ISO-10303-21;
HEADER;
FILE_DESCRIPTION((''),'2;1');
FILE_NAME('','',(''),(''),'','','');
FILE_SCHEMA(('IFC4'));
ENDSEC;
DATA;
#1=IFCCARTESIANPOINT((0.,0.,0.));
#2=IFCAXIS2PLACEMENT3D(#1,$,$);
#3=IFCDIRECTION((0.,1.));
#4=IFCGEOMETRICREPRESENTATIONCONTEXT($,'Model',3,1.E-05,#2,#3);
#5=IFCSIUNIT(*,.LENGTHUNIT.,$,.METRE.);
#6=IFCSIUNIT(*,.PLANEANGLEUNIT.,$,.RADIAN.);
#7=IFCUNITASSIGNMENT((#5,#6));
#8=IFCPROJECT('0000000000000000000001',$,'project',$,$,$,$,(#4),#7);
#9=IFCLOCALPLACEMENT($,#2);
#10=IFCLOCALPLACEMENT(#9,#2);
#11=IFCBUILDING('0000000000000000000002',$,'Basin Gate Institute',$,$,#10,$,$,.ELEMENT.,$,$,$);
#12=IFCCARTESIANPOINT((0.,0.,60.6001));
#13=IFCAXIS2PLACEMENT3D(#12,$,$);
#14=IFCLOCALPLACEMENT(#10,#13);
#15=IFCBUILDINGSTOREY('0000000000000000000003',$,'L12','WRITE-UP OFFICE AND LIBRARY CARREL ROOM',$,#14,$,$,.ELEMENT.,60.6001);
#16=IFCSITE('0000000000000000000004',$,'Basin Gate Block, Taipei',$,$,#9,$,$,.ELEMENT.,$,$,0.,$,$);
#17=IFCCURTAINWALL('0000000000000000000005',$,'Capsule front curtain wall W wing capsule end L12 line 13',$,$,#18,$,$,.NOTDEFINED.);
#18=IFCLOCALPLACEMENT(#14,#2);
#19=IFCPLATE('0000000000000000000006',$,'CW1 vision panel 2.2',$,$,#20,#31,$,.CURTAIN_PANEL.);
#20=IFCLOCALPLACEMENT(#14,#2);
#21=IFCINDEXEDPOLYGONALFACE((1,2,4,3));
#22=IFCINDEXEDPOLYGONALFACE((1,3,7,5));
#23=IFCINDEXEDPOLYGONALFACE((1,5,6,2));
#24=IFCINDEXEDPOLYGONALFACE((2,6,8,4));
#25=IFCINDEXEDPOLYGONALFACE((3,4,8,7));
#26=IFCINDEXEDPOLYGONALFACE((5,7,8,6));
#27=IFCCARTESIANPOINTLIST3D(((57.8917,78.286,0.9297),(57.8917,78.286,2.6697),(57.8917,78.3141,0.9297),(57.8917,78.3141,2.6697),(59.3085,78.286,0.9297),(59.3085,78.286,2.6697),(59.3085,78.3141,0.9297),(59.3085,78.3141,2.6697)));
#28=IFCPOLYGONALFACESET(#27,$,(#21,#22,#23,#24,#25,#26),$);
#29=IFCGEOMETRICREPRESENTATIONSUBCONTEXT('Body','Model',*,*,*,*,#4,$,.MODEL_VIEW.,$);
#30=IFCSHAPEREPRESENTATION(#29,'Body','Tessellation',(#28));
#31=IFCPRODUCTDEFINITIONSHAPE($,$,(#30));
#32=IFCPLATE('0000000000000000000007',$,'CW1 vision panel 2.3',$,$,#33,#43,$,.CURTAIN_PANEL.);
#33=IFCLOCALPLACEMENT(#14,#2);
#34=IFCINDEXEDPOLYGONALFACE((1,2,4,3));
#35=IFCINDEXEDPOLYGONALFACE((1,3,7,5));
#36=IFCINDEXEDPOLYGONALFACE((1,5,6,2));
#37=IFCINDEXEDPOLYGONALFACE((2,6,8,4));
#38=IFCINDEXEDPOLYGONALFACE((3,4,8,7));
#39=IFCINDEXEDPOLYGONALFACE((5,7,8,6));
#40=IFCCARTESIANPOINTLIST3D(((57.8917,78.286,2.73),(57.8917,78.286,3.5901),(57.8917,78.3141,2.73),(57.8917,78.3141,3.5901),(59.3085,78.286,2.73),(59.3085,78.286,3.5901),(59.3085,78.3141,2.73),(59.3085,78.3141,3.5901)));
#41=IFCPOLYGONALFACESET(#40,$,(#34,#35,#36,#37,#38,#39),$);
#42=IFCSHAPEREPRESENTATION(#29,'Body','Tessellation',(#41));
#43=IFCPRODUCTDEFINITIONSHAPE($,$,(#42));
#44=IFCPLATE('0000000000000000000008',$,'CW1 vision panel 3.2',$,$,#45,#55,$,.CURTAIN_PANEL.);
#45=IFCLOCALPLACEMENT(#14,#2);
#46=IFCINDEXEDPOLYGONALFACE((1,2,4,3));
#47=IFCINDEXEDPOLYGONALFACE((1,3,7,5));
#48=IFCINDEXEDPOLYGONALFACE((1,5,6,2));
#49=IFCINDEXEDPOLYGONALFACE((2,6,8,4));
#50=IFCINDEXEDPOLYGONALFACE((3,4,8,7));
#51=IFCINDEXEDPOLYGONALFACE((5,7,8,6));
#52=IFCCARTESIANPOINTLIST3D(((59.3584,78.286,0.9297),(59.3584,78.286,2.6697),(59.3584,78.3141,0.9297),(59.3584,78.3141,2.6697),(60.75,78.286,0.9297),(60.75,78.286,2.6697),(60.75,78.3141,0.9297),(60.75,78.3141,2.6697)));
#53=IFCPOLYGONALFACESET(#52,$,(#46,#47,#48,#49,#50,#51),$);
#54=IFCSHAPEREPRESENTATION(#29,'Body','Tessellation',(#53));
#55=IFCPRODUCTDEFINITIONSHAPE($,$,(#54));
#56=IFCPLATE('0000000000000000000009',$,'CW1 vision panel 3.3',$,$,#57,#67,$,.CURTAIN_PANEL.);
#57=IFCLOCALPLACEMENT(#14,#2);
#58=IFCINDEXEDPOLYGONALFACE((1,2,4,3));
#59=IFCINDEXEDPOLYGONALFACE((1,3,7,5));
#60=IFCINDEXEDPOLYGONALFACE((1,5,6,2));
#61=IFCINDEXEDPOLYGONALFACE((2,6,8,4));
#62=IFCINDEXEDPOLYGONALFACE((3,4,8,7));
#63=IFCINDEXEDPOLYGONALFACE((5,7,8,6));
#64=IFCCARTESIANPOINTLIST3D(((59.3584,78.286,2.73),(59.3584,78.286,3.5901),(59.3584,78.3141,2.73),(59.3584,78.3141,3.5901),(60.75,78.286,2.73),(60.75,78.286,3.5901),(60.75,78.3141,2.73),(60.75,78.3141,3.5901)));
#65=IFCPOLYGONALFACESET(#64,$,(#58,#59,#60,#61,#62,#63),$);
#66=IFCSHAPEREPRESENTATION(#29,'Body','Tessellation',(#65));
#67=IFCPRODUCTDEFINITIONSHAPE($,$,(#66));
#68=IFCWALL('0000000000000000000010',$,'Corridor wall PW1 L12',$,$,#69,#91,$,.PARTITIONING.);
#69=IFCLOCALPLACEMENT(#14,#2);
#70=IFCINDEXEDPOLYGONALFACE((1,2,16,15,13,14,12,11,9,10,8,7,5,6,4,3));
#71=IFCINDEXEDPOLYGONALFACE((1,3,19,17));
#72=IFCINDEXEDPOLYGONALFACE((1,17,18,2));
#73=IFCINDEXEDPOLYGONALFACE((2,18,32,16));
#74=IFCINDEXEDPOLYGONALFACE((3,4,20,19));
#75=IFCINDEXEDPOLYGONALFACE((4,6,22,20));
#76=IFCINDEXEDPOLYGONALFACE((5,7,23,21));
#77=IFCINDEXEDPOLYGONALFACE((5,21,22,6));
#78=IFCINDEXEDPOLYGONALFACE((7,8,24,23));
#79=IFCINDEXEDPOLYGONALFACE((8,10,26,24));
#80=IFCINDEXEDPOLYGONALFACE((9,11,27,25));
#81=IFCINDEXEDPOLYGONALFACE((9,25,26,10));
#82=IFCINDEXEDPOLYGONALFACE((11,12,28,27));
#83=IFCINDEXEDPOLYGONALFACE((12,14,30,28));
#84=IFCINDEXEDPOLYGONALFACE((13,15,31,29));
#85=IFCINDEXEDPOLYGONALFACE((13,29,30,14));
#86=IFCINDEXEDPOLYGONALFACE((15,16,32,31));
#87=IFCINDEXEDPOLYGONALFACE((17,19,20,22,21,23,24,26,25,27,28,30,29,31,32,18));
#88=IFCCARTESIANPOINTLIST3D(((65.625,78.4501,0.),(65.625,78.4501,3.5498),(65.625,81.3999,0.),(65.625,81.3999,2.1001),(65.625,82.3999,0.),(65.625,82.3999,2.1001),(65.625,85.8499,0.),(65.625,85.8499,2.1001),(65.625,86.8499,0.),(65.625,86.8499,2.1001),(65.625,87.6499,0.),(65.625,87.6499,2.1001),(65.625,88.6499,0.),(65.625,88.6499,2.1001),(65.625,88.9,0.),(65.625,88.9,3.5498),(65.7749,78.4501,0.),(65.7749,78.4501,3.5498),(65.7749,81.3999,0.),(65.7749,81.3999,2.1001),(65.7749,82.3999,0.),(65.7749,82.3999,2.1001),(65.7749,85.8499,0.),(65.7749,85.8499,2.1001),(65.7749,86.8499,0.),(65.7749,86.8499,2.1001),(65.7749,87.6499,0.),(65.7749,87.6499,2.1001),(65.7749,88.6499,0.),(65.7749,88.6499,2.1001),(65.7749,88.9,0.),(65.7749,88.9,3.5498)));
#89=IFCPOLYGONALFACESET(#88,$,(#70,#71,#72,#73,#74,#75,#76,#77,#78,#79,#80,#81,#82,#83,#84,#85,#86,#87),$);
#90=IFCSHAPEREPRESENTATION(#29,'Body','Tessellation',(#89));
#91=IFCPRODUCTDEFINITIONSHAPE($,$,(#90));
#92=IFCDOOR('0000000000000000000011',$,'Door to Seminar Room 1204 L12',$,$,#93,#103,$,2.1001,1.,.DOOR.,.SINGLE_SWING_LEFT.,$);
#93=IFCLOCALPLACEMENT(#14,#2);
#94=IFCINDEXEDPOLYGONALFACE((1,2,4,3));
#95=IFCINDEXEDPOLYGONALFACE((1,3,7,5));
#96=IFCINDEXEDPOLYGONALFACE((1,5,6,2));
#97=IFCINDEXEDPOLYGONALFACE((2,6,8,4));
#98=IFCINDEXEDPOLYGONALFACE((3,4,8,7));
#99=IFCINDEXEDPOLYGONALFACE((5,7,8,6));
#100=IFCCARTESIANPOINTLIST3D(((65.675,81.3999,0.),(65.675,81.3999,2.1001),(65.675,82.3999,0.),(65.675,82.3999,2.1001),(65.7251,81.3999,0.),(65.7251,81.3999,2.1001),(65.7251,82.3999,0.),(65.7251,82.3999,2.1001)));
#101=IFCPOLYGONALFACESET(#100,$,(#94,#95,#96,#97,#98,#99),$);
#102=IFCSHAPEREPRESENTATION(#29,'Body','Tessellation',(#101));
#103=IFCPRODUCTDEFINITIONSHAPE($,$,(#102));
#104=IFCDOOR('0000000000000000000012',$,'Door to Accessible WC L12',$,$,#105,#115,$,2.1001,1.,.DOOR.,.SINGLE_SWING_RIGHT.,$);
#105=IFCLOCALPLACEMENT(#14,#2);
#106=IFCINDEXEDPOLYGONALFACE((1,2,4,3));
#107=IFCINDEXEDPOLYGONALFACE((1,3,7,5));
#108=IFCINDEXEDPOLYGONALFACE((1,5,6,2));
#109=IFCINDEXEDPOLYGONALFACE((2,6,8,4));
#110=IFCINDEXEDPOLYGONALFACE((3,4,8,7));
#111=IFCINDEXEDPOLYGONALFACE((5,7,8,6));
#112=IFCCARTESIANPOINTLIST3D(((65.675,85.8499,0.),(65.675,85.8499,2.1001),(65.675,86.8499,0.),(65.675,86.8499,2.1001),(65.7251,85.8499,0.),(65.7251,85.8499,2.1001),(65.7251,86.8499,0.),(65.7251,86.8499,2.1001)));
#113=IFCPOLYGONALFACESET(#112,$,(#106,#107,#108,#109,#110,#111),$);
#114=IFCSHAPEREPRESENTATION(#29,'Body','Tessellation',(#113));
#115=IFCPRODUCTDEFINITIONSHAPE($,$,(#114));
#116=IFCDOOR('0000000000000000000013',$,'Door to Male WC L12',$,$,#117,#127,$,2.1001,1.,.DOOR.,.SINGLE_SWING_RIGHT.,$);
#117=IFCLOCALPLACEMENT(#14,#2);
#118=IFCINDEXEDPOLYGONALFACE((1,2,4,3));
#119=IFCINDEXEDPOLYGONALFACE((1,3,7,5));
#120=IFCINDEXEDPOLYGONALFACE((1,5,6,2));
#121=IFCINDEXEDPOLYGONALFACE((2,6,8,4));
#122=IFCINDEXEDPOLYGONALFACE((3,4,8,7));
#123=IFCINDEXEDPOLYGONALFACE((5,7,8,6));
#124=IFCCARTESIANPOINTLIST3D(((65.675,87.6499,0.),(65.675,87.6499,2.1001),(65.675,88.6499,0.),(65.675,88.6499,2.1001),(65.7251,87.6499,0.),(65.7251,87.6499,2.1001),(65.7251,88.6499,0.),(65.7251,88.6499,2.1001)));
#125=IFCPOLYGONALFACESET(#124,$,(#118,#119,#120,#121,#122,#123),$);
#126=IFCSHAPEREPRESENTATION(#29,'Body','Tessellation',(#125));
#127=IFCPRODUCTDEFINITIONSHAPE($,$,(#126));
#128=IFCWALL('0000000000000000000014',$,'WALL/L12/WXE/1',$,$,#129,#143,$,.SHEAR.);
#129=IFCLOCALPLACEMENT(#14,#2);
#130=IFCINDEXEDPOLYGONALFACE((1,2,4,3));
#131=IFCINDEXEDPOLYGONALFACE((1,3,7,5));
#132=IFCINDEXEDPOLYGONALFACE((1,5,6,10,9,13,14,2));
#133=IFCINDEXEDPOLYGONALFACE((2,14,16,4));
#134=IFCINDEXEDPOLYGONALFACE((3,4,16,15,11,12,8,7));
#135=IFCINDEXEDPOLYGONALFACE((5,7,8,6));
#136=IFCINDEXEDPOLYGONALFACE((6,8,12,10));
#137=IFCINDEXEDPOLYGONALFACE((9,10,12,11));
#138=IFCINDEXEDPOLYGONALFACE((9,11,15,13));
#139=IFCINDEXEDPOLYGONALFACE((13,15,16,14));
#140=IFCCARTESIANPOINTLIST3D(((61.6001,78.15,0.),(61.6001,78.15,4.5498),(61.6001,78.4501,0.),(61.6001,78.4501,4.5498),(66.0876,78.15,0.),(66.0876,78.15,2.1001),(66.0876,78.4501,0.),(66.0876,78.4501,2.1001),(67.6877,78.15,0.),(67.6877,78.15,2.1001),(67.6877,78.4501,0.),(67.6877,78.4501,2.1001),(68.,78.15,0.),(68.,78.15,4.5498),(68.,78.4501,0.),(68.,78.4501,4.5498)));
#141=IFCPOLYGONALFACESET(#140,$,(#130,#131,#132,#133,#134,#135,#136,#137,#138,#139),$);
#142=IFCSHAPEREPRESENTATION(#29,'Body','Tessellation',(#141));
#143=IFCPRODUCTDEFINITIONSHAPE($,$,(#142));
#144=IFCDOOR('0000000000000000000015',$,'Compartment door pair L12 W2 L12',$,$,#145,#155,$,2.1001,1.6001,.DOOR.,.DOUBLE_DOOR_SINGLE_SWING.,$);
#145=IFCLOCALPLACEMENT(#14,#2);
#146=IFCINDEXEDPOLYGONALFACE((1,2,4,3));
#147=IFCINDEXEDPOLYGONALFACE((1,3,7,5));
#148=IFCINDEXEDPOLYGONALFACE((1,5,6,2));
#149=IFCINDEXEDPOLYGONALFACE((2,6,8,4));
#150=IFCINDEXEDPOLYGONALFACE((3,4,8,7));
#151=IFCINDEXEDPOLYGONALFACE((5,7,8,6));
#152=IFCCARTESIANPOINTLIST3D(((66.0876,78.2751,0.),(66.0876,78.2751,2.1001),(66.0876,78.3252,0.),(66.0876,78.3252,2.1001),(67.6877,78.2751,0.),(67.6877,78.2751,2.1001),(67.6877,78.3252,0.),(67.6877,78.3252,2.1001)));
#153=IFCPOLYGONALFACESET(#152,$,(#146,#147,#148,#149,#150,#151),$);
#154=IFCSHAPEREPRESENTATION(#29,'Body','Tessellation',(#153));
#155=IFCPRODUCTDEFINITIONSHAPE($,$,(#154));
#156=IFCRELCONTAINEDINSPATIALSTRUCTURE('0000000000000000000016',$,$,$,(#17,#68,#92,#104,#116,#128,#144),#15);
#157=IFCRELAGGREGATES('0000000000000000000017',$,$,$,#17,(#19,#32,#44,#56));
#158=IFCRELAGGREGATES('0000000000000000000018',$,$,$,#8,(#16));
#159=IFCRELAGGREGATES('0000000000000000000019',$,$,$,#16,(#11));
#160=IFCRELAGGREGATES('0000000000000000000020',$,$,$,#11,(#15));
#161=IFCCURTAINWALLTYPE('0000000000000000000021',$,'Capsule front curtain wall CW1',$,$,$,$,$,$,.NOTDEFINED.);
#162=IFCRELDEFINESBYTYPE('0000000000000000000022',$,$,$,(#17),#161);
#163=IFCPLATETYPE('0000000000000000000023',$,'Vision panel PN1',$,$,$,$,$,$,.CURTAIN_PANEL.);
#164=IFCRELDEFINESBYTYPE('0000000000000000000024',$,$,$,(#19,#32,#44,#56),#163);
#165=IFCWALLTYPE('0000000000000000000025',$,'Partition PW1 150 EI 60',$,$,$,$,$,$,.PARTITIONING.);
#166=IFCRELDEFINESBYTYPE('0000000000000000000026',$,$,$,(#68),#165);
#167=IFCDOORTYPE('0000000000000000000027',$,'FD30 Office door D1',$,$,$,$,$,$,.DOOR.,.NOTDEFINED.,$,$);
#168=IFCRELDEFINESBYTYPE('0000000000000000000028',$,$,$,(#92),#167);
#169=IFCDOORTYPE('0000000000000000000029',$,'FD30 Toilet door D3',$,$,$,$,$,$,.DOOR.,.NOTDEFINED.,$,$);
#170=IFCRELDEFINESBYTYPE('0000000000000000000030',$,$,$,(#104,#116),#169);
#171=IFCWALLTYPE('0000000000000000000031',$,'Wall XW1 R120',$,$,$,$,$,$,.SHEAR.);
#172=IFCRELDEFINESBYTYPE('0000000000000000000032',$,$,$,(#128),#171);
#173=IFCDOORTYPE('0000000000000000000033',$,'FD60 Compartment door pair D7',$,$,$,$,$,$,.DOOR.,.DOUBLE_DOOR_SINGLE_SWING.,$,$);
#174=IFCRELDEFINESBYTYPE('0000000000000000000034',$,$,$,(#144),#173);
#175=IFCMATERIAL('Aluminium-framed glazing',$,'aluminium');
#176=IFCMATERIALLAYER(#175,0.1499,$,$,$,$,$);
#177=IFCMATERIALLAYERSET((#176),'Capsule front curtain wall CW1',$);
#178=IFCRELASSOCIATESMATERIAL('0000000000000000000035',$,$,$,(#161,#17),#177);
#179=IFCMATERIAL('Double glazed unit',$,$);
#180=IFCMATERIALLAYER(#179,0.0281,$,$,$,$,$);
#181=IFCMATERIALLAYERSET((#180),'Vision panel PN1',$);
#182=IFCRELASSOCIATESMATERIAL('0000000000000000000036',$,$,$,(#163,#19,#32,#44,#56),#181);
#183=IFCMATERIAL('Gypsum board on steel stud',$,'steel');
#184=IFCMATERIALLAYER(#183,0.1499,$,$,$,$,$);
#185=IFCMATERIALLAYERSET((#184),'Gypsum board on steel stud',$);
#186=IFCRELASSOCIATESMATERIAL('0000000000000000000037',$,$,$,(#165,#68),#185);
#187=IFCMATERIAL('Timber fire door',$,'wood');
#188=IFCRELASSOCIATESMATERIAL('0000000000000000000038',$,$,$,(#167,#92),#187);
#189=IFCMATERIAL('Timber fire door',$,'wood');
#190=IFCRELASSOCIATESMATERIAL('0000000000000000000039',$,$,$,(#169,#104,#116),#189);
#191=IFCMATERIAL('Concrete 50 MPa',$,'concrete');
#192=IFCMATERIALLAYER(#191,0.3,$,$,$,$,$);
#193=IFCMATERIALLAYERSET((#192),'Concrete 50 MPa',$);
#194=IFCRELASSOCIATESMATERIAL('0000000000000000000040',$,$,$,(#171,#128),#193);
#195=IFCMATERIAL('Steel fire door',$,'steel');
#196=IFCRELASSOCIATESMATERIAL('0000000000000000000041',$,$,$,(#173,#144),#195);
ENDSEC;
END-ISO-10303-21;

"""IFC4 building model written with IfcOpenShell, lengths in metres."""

from ifc_helpers import new_model, si_unit, direction, frame, frame_2d, origin, origin_2d, place, context, subcontext, project, spatial, rectangle, extrude, material, layer, layer_set, type_object, element, fill, aggregate, save


model = new_model("IFC4")

# Units and contexts
model_context = context("Model", 3, precision=1e-05, world=origin(), true_north=direction((0.0, 1.0)))
body_context = subcontext(model_context, "Body", "Model", "MODEL_VIEW")
ifc_project = project(units=[si_unit("LENGTHUNIT", "METRE"), si_unit("PLANEANGLEUNIT", "RADIAN")], contexts=[model_context])

# Site, building, storey
site_placement = place(None, origin())
site = spatial("IfcSite", under=ifc_project, at=site_placement, Name="Basin Gate Block, Taipei", CompositionType="ELEMENT", RefElevation=0.0)
building_placement = place(site_placement, origin())
building = spatial("IfcBuilding", under=site, at=building_placement, Name="Basin Gate Institute", CompositionType="ELEMENT")
storey_placement = place(building_placement, frame((0.0, 0.0, 60.6001)))
storey = spatial("IfcBuildingStorey", under=building, at=storey_placement, Name="L12", Description="WRITE-UP OFFICE AND LIBRARY CARREL ROOM", CompositionType="ELEMENT", Elevation=60.6001)

# Curtain wall, plates
ifc_material_1 = material(Name="Aluminium-framed glazing", Category="aluminium")
ifc_layer_1 = layer(ifc_material_1, 0.1499)
ifc_layer_set_1 = layer_set([ifc_layer_1], Name="Capsule front curtain wall CW1")
curtain_wall_type = type_object("IfcCurtainWallType", Name="Capsule front curtain wall CW1", PredefinedType="NOTDEFINED", material=ifc_layer_set_1)
curtain_wall_placement = place(storey_placement, origin())
curtain_wall = element("IfcCurtainWall", 1, at=curtain_wall_placement, inside=storey, type_object=curtain_wall_type, material=ifc_layer_set_1, Name="Capsule front curtain wall W wing capsule end L12 line 13", PredefinedType="NOTDEFINED")
ifc_material_2 = material(Name="Double glazed unit")
ifc_layer_2 = layer(ifc_material_2, 0.0281)
ifc_layer_set_2 = layer_set([ifc_layer_2], Name="Vision panel PN1")
plate_type_1 = type_object("IfcPlateType", Name="Vision panel PN1", PredefinedType="CURTAIN_PANEL", material=ifc_layer_set_2)
plate_1_placement = place(storey_placement, frame((58.6001, 78.3, 0.9297), z_axis=(0.0, 0.0, 1.0), x_axis=(1.0, 0.0, 0.0)))
plate_1 = element("IfcPlate", 2, at=plate_1_placement, type_object=plate_type_1, material=ifc_layer_set_2, Name="CW1 vision panel 2.2", PredefinedType="CURTAIN_PANEL", context=body_context, shape_type="SweptSolid", body=[
    extrude(rectangle(XDim=1.4167, YDim=0.0281, at=origin_2d()), origin(), (0.0, 0.0, 1.0), 1.74),
])
plate_2_placement = place(storey_placement, frame((58.6001, 78.3, 2.73), z_axis=(0.0, 0.0, 1.0), x_axis=(1.0, 0.0, 0.0)))
plate_2 = element("IfcPlate", 3, at=plate_2_placement, type_object=plate_type_1, material=ifc_layer_set_2, Name="CW1 vision panel 2.3", PredefinedType="CURTAIN_PANEL", context=body_context, shape_type="SweptSolid", body=[
    extrude(rectangle(XDim=1.4167, YDim=0.0281, at=origin_2d()), origin(), (0.0, 0.0, 1.0), 0.8601),
])
plate_3_placement = place(storey_placement, frame((60.0542, 78.3, 0.9297), z_axis=(0.0, 0.0, 1.0), x_axis=(1.0, 0.0, 0.0)))
plate_3 = element("IfcPlate", 4, at=plate_3_placement, type_object=plate_type_1, material=ifc_layer_set_2, Name="CW1 vision panel 3.2", PredefinedType="CURTAIN_PANEL", context=body_context, shape_type="SweptSolid", body=[
    extrude(rectangle(XDim=1.3916, YDim=0.0281, at=origin_2d()), origin(), (0.0, 0.0, 1.0), 1.74),
])
plate_4_placement = place(storey_placement, frame((60.0542, 78.3, 2.73), z_axis=(0.0, 0.0, 1.0), x_axis=(1.0, 0.0, 0.0)))
plate_4 = element("IfcPlate", 5, at=plate_4_placement, type_object=plate_type_1, material=ifc_layer_set_2, Name="CW1 vision panel 3.3", PredefinedType="CURTAIN_PANEL", context=body_context, shape_type="SweptSolid", body=[
    extrude(rectangle(XDim=1.3916, YDim=0.0281, at=origin_2d()), origin(), (0.0, 0.0, 1.0), 0.8601),
])
aggregate(curtain_wall, [plate_1, plate_2, plate_3, plate_4])

# Wall, openings, doors
ifc_material_3 = material(Name="Gypsum board on steel stud", Category="steel")
ifc_layer_3 = layer(ifc_material_3, 0.1499)
ifc_layer_set_3 = layer_set([ifc_layer_3], Name="Gypsum board on steel stud")
wall_type_1 = type_object("IfcWallType", Name="Partition PW1 150 EI 60", PredefinedType="PARTITIONING", material=ifc_layer_set_3)
wall_1_placement = place(storey_placement, frame((65.7, 78.45, 0.0), z_axis=(0.0, 0.0, 1.0), x_axis=(0.0, 1.0, 0.0)))
wall_1 = element("IfcWall", 6, at=wall_1_placement, inside=storey, type_object=wall_type_1, material=ifc_layer_set_3, Name="Corridor wall PW1 L12", PredefinedType="PARTITIONING", context=body_context, shape_type="SweptSolid", body=[
    extrude(rectangle(XDim=10.45, YDim=0.1499, at=frame_2d((5.2251, 0.0))), origin(), (0.0, 0.0, 1.0), 3.5498),
])
opening_1_placement = place(wall_1_placement, frame((7.3999, 0.0, 0.0)))
opening_1 = element("IfcOpeningElement", 7, at=opening_1_placement, cuts=wall_1, PredefinedType="OPENING", context=body_context, shape_type="SweptSolid", body=[
    extrude(rectangle(XDim=1.0, YDim=2.1001, at=frame_2d((0.5, 1.05))), frame((0.0, 0.085, 0.0), z_axis=(0.0, -1.0, 0.0), x_axis=(1.0, 0.0, 0.0)), (0.0, 0.0, 1.0), 0.1699),
])
opening_2_placement = place(wall_1_placement, frame((9.2, 0.0, 0.0)))
opening_2 = element("IfcOpeningElement", 8, at=opening_2_placement, cuts=wall_1, PredefinedType="OPENING", context=body_context, shape_type="SweptSolid", body=[
    extrude(rectangle(XDim=1.0, YDim=2.1001, at=frame_2d((0.5, 1.05))), frame((0.0, 0.085, 0.0), z_axis=(0.0, -1.0, 0.0), x_axis=(1.0, 0.0, 0.0)), (0.0, 0.0, 1.0), 0.1699),
])
opening_3_placement = place(wall_1_placement, frame((2.95, 0.0, 0.0)))
opening_3 = element("IfcOpeningElement", 9, at=opening_3_placement, cuts=wall_1, PredefinedType="OPENING", context=body_context, shape_type="SweptSolid", body=[
    extrude(rectangle(XDim=1.0, YDim=2.1001, at=frame_2d((0.5, 1.05))), frame((0.0, 0.085, 0.0), z_axis=(0.0, -1.0, 0.0), x_axis=(1.0, 0.0, 0.0)), (0.0, 0.0, 1.0), 0.1699),
])
ifc_material_4 = material(Name="Timber fire door", Category="wood")
door_type_1 = type_object("IfcDoorType", Name="FD30 Office door D1", OperationType="NOTDEFINED", PredefinedType="DOOR", material=ifc_material_4)
door_1_placement = place(opening_3_placement, origin())
door_1 = element("IfcDoor", 10, at=door_1_placement, inside=storey, type_object=door_type_1, material=ifc_material_4, Name="Door to Seminar Room 1204 L12", OperationType="SINGLE_SWING_LEFT", OverallHeight=2.1001, OverallWidth=1.0, PredefinedType="DOOR", context=body_context, shape_type="SweptSolid", body=[
    extrude(rectangle(XDim=1.0, YDim=2.1001, at=frame_2d((0.5, 1.05))), frame((0.0, 0.0249, 0.0), z_axis=(0.0, -1.0, 0.0), x_axis=(1.0, 0.0, 0.0)), (0.0, 0.0, 1.0), 0.05),
])
fill(opening_3, door_1)
ifc_material_5 = material(Name="Timber fire door", Category="wood")
door_type_2 = type_object("IfcDoorType", Name="FD30 Toilet door D3", OperationType="NOTDEFINED", PredefinedType="DOOR", material=ifc_material_5)
door_2_placement = place(opening_1_placement, origin())
door_2 = element("IfcDoor", 11, at=door_2_placement, inside=storey, type_object=door_type_2, material=ifc_material_5, Name="Door to Accessible WC L12", OperationType="SINGLE_SWING_RIGHT", OverallHeight=2.1001, OverallWidth=1.0, PredefinedType="DOOR", context=body_context, shape_type="SweptSolid", body=[
    extrude(rectangle(XDim=1.0, YDim=2.1001, at=frame_2d((0.5, 1.05))), frame((0.0, 0.0249, 0.0), z_axis=(0.0, -1.0, 0.0), x_axis=(1.0, 0.0, 0.0)), (0.0, 0.0, 1.0), 0.05),
])
fill(opening_1, door_2)
door_3_placement = place(opening_2_placement, origin())
door_3 = element("IfcDoor", 12, at=door_3_placement, inside=storey, type_object=door_type_2, material=ifc_material_5, Name="Door to Male WC L12", OperationType="SINGLE_SWING_RIGHT", OverallHeight=2.1001, OverallWidth=1.0, PredefinedType="DOOR", context=body_context, shape_type="SweptSolid", body=[
    extrude(rectangle(XDim=1.0, YDim=2.1001, at=frame_2d((0.5, 1.05))), frame((0.0, 0.0249, 0.0), z_axis=(0.0, -1.0, 0.0), x_axis=(1.0, 0.0, 0.0)), (0.0, 0.0, 1.0), 0.05),
])
fill(opening_2, door_3)

# Wall, opening, door
ifc_material_6 = material(Name="Concrete 50 MPa", Category="concrete")
ifc_layer_4 = layer(ifc_material_6, 0.3)
ifc_layer_set_4 = layer_set([ifc_layer_4], Name="Concrete 50 MPa")
wall_type_2 = type_object("IfcWallType", Name="Wall XW1 R120", PredefinedType="SHEAR", material=ifc_layer_set_4)
wall_2_placement = place(storey_placement, frame((61.6001, 78.3, 0.0), z_axis=(0.0, 0.0, 1.0), x_axis=(1.0, 0.0, 0.0)))
wall_2 = element("IfcWall", 13, at=wall_2_placement, inside=storey, type_object=wall_type_2, material=ifc_layer_set_4, Name="WALL/L12/WXE/1", PredefinedType="SHEAR", context=body_context, shape_type="SweptSolid", body=[
    extrude(rectangle(XDim=6.3999, YDim=0.3, at=frame_2d((3.2, 0.0))), origin(), (0.0, 0.0, 1.0), 4.5498),
])
opening_4_placement = place(wall_2_placement, frame((4.4875, 0.0, 0.0)))
opening_4 = element("IfcOpeningElement", 14, at=opening_4_placement, cuts=wall_2, PredefinedType="OPENING", context=body_context, shape_type="SweptSolid", body=[
    extrude(rectangle(XDim=1.6001, YDim=2.1001, at=frame_2d((0.8, 1.05))), frame((0.0, 0.1602, 0.0), z_axis=(0.0, -1.0, 0.0), x_axis=(1.0, 0.0, 0.0)), (0.0, 0.0, 1.0), 0.3201),
])
ifc_material_7 = material(Name="Steel fire door", Category="steel")
door_type_3 = type_object("IfcDoorType", Name="FD60 Compartment door pair D7", OperationType="DOUBLE_DOOR_SINGLE_SWING", PredefinedType="DOOR", material=ifc_material_7)
door_4_placement = place(opening_4_placement, frame((1.6001, 0.0, 0.0), z_axis=(0.0, 0.0, 1.0), x_axis=(-1.0, 0.0, 0.0)))
door_4 = element("IfcDoor", 15, at=door_4_placement, inside=storey, type_object=door_type_3, material=ifc_material_7, Name="Compartment door pair L12 W2 L12", OperationType="DOUBLE_DOOR_SINGLE_SWING", OverallHeight=2.1001, OverallWidth=1.6001, PredefinedType="DOOR", context=body_context, shape_type="SweptSolid", body=[
    extrude(rectangle(XDim=1.6001, YDim=2.1001, at=frame_2d((0.8, 1.05))), frame((0.0, 0.0249, 0.0), z_axis=(0.0, -1.0, 0.0), x_axis=(1.0, 0.0, 0.0)), (0.0, 0.0, 1.0), 0.05),
])
fill(opening_4, door_4)

save(model, "model.ifc")
